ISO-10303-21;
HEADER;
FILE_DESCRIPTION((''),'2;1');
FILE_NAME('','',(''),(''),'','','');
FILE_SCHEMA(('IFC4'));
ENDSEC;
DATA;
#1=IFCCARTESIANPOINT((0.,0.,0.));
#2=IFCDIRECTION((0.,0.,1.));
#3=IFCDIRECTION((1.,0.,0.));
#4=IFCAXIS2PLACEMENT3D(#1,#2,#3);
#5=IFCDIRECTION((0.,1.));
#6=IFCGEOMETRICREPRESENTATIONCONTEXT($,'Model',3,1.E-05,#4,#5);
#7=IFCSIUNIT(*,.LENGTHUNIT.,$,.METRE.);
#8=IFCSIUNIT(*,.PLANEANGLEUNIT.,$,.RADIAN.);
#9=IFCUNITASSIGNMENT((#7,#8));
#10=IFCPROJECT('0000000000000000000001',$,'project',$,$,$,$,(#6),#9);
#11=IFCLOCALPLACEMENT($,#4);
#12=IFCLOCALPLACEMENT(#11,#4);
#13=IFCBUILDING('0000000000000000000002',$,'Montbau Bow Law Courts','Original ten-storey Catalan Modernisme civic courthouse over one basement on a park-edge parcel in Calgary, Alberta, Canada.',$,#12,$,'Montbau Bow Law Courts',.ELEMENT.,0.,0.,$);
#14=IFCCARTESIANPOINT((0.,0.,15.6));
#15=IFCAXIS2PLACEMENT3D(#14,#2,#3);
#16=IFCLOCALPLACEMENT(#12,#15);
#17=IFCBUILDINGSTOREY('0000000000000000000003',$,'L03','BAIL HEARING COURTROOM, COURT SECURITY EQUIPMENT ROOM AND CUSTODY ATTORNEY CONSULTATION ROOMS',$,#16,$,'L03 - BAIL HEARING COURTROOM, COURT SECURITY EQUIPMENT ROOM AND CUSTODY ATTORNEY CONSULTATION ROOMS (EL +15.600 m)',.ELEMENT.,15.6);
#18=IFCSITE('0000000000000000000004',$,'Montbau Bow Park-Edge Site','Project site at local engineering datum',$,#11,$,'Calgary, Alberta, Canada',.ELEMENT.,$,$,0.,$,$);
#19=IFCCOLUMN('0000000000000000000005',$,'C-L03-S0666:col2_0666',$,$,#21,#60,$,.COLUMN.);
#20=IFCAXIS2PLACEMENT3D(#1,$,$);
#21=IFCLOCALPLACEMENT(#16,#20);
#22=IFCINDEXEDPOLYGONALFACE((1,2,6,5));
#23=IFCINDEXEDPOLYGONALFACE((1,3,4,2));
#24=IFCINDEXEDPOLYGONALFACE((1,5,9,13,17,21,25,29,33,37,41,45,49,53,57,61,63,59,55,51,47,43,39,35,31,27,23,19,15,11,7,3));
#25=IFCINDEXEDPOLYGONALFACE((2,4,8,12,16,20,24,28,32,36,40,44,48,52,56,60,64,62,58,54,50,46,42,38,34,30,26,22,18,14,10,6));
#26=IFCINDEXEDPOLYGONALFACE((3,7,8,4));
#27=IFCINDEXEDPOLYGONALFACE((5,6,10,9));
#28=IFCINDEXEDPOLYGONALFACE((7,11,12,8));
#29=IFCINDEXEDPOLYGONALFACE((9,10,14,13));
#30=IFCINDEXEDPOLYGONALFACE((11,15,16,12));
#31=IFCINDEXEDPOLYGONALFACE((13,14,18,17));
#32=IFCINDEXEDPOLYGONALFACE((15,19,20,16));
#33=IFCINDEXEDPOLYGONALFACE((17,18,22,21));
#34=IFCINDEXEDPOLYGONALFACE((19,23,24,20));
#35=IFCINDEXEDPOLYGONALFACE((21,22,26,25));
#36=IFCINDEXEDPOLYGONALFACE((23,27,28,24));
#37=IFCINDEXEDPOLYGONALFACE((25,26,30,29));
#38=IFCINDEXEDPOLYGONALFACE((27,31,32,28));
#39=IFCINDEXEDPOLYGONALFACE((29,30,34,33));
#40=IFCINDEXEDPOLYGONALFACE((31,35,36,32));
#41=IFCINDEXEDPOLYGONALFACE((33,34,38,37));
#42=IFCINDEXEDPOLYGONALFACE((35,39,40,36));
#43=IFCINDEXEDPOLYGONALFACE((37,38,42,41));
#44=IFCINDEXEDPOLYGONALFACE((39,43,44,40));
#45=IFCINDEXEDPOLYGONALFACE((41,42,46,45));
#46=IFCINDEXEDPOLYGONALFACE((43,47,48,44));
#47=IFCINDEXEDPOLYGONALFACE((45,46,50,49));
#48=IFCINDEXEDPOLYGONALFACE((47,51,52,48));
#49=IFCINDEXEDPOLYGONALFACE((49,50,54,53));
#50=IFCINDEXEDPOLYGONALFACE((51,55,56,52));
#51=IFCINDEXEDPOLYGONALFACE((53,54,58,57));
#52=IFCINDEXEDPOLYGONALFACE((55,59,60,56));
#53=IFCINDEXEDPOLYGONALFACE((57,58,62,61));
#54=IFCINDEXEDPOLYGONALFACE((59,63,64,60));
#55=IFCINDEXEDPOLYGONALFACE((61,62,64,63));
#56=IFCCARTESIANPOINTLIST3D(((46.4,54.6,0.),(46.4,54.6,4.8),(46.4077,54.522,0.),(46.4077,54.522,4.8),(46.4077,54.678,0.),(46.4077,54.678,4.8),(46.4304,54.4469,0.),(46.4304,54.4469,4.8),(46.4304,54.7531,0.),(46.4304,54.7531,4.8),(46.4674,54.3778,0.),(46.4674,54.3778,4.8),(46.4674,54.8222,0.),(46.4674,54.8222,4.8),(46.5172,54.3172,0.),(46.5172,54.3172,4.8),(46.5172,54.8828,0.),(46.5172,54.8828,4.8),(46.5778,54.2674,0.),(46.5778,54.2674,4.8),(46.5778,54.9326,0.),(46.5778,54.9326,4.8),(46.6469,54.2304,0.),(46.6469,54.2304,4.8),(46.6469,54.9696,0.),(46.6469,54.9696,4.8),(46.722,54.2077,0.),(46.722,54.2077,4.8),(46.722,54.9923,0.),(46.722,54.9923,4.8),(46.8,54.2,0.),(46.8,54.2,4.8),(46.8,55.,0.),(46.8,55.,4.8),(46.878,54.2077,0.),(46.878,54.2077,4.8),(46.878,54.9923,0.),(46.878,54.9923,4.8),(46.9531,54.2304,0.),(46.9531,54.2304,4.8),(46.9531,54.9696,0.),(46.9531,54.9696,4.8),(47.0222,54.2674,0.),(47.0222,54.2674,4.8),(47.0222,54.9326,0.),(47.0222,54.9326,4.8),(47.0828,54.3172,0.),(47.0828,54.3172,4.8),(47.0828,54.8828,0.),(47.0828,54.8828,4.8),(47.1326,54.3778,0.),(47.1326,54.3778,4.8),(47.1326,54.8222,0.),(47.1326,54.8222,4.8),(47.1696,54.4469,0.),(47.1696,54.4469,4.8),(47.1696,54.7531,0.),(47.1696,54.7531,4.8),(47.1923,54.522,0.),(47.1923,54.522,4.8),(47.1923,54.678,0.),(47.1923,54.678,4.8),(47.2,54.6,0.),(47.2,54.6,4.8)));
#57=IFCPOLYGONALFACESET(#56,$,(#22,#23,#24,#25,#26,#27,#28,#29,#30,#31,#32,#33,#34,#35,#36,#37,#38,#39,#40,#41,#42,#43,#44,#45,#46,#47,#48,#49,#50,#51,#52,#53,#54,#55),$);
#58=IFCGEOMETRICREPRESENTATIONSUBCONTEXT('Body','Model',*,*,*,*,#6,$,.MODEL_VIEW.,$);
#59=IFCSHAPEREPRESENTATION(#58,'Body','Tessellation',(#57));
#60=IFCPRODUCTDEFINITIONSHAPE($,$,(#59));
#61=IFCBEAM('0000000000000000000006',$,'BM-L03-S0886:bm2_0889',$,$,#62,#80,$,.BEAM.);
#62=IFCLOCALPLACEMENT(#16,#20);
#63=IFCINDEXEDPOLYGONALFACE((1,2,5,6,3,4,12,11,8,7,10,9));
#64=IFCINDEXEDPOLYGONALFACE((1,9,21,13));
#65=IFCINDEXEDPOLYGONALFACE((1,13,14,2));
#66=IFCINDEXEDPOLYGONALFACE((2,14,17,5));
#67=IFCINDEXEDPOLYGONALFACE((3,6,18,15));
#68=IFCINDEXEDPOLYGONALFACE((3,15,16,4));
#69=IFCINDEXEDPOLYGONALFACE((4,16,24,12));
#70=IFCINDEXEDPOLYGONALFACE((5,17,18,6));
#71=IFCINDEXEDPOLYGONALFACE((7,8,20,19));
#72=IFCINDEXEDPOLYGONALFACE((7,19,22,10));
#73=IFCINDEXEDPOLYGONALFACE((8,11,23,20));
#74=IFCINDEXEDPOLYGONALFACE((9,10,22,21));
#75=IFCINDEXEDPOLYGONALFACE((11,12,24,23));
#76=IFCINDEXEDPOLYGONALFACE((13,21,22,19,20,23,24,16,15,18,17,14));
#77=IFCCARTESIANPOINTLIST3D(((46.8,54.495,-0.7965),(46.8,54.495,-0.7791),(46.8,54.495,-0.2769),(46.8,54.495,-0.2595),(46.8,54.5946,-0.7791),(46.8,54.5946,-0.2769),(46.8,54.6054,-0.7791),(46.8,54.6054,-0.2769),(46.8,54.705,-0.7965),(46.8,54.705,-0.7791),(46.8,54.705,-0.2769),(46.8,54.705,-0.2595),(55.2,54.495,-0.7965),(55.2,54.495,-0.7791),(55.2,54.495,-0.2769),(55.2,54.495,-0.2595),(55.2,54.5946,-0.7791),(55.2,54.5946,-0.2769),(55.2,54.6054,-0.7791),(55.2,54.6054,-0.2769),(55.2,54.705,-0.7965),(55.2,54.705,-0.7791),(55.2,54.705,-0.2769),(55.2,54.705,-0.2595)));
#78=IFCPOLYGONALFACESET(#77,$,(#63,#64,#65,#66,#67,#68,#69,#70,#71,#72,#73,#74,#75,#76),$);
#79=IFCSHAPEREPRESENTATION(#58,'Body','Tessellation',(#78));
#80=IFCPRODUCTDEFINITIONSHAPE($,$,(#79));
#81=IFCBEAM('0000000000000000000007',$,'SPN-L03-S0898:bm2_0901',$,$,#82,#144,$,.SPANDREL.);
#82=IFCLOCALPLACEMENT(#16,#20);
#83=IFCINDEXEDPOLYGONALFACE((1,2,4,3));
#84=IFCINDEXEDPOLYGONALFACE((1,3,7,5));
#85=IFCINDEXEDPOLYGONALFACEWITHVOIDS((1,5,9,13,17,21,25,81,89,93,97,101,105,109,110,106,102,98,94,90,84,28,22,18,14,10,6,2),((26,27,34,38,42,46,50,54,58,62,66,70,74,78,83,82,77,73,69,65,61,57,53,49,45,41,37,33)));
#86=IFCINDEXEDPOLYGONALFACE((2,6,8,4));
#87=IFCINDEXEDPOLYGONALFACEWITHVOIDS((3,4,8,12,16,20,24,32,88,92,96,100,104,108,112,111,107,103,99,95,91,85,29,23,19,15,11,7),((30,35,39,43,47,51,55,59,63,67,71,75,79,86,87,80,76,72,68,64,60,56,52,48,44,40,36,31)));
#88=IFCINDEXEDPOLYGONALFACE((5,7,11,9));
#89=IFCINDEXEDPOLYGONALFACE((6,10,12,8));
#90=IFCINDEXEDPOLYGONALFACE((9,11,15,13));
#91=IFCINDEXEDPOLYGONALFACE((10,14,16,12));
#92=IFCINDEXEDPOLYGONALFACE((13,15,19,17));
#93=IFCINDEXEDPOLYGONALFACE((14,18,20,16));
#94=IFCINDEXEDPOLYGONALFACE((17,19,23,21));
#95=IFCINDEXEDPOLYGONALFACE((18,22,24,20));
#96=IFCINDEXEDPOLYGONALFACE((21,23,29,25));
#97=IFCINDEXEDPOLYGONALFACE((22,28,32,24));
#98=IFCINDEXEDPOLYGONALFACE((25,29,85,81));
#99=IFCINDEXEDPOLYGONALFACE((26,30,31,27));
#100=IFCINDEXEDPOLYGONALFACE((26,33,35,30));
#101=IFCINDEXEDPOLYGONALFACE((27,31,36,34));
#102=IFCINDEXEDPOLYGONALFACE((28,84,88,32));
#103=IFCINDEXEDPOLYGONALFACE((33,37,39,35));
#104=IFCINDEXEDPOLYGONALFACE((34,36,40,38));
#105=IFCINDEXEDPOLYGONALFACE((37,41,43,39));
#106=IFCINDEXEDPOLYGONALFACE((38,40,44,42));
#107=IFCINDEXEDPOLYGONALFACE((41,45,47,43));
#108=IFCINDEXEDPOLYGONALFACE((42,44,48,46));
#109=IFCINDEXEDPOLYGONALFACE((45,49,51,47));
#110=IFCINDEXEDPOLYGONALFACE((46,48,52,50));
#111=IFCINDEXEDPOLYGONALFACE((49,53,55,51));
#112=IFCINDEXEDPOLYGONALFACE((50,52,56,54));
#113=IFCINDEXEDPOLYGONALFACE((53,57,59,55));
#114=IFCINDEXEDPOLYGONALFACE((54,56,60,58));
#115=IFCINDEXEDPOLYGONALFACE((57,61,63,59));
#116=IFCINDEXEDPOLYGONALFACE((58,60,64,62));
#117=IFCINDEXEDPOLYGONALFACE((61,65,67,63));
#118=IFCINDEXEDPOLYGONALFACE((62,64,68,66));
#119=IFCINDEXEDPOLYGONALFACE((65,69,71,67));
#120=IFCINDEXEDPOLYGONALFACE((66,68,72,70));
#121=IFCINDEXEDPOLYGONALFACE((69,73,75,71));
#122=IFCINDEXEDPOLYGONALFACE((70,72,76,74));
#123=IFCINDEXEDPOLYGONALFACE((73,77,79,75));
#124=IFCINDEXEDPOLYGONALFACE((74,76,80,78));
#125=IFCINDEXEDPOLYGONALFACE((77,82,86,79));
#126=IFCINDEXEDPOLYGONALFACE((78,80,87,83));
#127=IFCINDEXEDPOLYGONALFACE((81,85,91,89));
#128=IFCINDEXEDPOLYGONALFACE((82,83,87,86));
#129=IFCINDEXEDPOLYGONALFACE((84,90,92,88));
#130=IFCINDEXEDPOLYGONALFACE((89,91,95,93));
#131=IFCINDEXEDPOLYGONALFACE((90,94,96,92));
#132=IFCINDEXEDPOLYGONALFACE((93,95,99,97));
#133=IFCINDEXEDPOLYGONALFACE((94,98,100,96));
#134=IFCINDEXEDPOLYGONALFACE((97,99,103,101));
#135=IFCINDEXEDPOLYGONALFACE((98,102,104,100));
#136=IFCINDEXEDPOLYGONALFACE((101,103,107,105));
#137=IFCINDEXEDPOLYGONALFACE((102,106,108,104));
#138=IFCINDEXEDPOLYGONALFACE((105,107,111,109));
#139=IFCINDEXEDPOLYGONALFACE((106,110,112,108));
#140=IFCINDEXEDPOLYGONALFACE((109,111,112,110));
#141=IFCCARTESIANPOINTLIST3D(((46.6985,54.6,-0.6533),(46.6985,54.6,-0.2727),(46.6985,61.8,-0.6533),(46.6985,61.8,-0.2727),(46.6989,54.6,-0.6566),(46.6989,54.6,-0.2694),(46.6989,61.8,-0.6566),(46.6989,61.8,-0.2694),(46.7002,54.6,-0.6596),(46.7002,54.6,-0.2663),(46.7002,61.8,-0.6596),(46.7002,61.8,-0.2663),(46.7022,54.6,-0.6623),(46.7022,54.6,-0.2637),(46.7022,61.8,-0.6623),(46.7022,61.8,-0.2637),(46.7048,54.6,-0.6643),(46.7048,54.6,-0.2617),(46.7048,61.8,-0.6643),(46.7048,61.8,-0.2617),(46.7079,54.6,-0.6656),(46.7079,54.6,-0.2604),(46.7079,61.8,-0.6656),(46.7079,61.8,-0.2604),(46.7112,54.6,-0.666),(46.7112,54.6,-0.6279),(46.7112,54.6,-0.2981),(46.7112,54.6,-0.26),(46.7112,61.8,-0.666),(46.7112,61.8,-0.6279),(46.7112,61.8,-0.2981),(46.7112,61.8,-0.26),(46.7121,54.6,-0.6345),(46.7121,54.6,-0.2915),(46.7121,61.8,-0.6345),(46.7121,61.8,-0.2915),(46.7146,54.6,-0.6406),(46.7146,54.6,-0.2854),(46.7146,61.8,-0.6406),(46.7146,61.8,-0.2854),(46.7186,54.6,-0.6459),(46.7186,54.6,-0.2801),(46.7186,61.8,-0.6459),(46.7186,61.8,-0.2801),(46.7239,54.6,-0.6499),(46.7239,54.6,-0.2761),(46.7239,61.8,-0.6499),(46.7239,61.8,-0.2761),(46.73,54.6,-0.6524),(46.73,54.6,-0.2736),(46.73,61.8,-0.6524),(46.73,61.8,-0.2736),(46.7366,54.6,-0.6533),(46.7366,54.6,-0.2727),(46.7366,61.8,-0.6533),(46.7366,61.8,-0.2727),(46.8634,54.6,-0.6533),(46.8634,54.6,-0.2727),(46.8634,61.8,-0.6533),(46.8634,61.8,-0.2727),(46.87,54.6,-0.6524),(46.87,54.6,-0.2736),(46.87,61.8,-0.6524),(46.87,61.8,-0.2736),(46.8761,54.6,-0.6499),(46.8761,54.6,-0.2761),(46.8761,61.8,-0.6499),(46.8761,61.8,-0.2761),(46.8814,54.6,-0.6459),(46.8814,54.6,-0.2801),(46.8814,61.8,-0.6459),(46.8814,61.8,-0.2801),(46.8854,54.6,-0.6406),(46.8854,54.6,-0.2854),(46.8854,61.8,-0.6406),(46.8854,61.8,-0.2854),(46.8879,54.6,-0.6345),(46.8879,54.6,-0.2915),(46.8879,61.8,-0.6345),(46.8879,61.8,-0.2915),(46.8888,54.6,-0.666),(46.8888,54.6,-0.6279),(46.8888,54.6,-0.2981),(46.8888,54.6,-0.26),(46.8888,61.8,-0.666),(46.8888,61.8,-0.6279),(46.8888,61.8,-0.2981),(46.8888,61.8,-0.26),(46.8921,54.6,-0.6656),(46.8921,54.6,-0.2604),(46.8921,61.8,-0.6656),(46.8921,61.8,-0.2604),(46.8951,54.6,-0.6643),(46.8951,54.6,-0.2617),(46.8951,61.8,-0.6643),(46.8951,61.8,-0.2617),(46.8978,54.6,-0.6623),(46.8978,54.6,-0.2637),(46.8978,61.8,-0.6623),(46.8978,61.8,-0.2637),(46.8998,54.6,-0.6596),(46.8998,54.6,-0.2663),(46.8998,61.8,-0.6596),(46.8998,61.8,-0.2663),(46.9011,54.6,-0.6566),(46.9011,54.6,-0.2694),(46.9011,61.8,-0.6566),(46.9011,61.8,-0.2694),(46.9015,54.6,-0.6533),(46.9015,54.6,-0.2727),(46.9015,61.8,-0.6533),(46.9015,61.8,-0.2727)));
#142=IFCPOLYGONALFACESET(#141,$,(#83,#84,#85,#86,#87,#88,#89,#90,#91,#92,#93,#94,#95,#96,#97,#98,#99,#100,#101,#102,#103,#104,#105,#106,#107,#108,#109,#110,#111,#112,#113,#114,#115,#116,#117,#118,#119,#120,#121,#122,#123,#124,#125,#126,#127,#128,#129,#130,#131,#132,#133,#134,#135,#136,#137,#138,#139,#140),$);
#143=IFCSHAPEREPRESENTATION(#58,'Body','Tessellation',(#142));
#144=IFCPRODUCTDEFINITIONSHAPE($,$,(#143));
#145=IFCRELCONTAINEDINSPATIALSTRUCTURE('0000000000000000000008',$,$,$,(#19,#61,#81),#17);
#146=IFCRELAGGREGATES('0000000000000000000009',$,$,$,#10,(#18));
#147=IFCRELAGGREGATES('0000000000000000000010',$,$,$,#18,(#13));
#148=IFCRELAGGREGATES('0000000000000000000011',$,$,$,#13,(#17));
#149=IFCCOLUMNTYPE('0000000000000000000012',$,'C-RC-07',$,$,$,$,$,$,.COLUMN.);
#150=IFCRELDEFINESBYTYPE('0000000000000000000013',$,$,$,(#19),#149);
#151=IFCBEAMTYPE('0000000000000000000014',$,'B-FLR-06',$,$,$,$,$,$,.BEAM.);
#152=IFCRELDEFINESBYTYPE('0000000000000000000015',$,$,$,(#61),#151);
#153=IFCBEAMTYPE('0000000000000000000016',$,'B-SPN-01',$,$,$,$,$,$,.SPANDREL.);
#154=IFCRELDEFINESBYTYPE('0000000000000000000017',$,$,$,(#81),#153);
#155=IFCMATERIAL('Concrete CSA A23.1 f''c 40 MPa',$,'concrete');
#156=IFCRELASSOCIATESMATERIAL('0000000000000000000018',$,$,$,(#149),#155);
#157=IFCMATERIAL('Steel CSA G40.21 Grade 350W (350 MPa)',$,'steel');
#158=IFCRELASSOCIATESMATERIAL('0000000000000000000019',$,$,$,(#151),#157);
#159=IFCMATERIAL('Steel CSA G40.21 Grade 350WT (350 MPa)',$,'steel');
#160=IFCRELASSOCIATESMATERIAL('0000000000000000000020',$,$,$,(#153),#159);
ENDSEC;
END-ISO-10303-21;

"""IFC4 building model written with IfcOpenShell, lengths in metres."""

from ifc_helpers import new_model, si_unit, direction, frame, origin_with_axes, origin_2d_with_axis, place, context, subcontext, project, spatial, hollow_rectangle, circle, i_section, extrude, material, material_profile, profile_set, type_object, element, save


model = new_model("IFC4")

# Units and contexts
model_context = context("Model", 3, precision=1e-05, world=origin_with_axes(), true_north=direction((0.0, 1.0)))
body_context = subcontext(model_context, "Body", "Model", "MODEL_VIEW")
ifc_project = project(units=[si_unit("LENGTHUNIT", "METRE"), si_unit("PLANEANGLEUNIT", "RADIAN")], contexts=[model_context])

# Site, building, storey
site_placement = place(None, origin_with_axes())
site = spatial("IfcSite", under=ifc_project, at=site_placement, Name="Montbau Bow Park-Edge Site", Description="Project site at local engineering datum", LongName="Calgary, Alberta, Canada", CompositionType="ELEMENT", RefElevation=0.0)
building_placement = place(site_placement, origin_with_axes())
building = spatial("IfcBuilding", under=site, at=building_placement, Name="Montbau Bow Law Courts", Description="Original ten-storey Catalan Modernisme civic courthouse over one basement on a park-edge parcel in Calgary, Alberta, Canada.", LongName="Montbau Bow Law Courts", CompositionType="ELEMENT", ElevationOfRefHeight=0.0, ElevationOfTerrain=0.0)
storey_placement = place(building_placement, frame((0.0, 0.0, 15.6), z_axis=(0.0, 0.0, 1.0), x_axis=(1.0, 0.0, 0.0)))
storey = spatial("IfcBuildingStorey", under=building, at=storey_placement, Name="L03", Description="BAIL HEARING COURTROOM, COURT SECURITY EQUIPMENT ROOM AND CUSTODY ATTORNEY CONSULTATION ROOMS", LongName="L03 - BAIL HEARING COURTROOM, COURT SECURITY EQUIPMENT ROOM AND CUSTODY ATTORNEY CONSULTATION ROOMS (EL +15.600 m)", CompositionType="ELEMENT", Elevation=15.6)

# Column
ifc_material_1 = material(Name="Concrete CSA A23.1 f'c 40 MPa", Category="concrete")
ifc_material_profile_1 = material_profile(ifc_material_1, circle(Radius=0.4, at=origin_2d_with_axis()), Name="RC800D", Category="Main", Priority=0)
ifc_profile_set_1 = profile_set([ifc_material_profile_1], Name="Concrete CSA A23.1 f'c 40 MPa")
column_type = type_object("IfcColumnType", Name="C-RC-07", PredefinedType="COLUMN", material=ifc_profile_set_1)
column_placement = place(None, frame((46.8, 54.6, 15.6), z_axis=(0.0, 0.0, 1.0), x_axis=(1.0, 0.0, 0.0)))
element("IfcColumn", 1, at=column_placement, inside=storey, type_object=column_type, Name="C-L03-S0666:col2_0666", PredefinedType="COLUMN", context=body_context, shape_type="SweptSolid", body=[
    extrude(circle(Radius=0.4, at=origin_2d_with_axis()), origin_with_axes(), (0.0, 0.0, 1.0), 4.8),
])

# Beams
ifc_material_2 = material(Name="Steel CSA G40.21 Grade 350W (350 MPa)", Category="steel")
ifc_material_profile_2 = material_profile(ifc_material_2, i_section(OverallWidth=0.21, OverallDepth=0.537, WebThickness=0.0109, FlangeThickness=0.0174, at=origin_2d_with_axis()), Name="W530X101", Category="Main", Priority=0)
ifc_profile_set_2 = profile_set([ifc_material_profile_2], Name="Steel CSA G40.21 Grade 350W (350 MPa)")
beam_type_1 = type_object("IfcBeamType", Name="B-FLR-06", PredefinedType="BEAM", material=ifc_profile_set_2)
beam_1_placement = place(None, frame((46.8, 54.6, 15.072), z_axis=(1.0, 0.0, 0.0), x_axis=(0.0, 1.0, 0.0)))
element("IfcBeam", 2, at=beam_1_placement, inside=storey, type_object=beam_type_1, Name="BM-L03-S0886:bm2_0889", PredefinedType="BEAM", context=body_context, shape_type="SweptSolid", body=[
    extrude(i_section(OverallWidth=0.21, OverallDepth=0.537, WebThickness=0.0109, FlangeThickness=0.0174, at=origin_2d_with_axis()), origin_with_axes(), (0.0, 0.0, 1.0), 8.4),
])
ifc_material_3 = material(Name="Steel CSA G40.21 Grade 350WT (350 MPa)", Category="steel")
ifc_material_profile_3 = material_profile(ifc_material_3, hollow_rectangle(XDim=0.203, YDim=0.406, WallThickness=0.0127, InnerFilletRadius=0.0254, OuterFilletRadius=0.0127, at=origin_2d_with_axis()), Name="HSS406X203X13", Category="Main", Priority=0)
ifc_profile_set_3 = profile_set([ifc_material_profile_3], Name="Steel CSA G40.21 Grade 350WT (350 MPa)")
beam_type_2 = type_object("IfcBeamType", Name="B-SPN-01", PredefinedType="SPANDREL", material=ifc_profile_set_3)
beam_2_placement = place(None, frame((46.8, 54.6, 15.137), z_axis=(0.0, 1.0, 0.0), x_axis=(-1.0, 0.0, 0.0)))
element("IfcBeam", 3, at=beam_2_placement, inside=storey, type_object=beam_type_2, Name="SPN-L03-S0898:bm2_0901", PredefinedType="SPANDREL", context=body_context, shape_type="SweptSolid", body=[
    extrude(hollow_rectangle(XDim=0.203, YDim=0.406, WallThickness=0.0127, InnerFilletRadius=0.0254, OuterFilletRadius=0.0127, at=origin_2d_with_axis()), origin_with_axes(), (0.0, 0.0, 1.0), 7.2),
])

save(model, "model.ifc")
